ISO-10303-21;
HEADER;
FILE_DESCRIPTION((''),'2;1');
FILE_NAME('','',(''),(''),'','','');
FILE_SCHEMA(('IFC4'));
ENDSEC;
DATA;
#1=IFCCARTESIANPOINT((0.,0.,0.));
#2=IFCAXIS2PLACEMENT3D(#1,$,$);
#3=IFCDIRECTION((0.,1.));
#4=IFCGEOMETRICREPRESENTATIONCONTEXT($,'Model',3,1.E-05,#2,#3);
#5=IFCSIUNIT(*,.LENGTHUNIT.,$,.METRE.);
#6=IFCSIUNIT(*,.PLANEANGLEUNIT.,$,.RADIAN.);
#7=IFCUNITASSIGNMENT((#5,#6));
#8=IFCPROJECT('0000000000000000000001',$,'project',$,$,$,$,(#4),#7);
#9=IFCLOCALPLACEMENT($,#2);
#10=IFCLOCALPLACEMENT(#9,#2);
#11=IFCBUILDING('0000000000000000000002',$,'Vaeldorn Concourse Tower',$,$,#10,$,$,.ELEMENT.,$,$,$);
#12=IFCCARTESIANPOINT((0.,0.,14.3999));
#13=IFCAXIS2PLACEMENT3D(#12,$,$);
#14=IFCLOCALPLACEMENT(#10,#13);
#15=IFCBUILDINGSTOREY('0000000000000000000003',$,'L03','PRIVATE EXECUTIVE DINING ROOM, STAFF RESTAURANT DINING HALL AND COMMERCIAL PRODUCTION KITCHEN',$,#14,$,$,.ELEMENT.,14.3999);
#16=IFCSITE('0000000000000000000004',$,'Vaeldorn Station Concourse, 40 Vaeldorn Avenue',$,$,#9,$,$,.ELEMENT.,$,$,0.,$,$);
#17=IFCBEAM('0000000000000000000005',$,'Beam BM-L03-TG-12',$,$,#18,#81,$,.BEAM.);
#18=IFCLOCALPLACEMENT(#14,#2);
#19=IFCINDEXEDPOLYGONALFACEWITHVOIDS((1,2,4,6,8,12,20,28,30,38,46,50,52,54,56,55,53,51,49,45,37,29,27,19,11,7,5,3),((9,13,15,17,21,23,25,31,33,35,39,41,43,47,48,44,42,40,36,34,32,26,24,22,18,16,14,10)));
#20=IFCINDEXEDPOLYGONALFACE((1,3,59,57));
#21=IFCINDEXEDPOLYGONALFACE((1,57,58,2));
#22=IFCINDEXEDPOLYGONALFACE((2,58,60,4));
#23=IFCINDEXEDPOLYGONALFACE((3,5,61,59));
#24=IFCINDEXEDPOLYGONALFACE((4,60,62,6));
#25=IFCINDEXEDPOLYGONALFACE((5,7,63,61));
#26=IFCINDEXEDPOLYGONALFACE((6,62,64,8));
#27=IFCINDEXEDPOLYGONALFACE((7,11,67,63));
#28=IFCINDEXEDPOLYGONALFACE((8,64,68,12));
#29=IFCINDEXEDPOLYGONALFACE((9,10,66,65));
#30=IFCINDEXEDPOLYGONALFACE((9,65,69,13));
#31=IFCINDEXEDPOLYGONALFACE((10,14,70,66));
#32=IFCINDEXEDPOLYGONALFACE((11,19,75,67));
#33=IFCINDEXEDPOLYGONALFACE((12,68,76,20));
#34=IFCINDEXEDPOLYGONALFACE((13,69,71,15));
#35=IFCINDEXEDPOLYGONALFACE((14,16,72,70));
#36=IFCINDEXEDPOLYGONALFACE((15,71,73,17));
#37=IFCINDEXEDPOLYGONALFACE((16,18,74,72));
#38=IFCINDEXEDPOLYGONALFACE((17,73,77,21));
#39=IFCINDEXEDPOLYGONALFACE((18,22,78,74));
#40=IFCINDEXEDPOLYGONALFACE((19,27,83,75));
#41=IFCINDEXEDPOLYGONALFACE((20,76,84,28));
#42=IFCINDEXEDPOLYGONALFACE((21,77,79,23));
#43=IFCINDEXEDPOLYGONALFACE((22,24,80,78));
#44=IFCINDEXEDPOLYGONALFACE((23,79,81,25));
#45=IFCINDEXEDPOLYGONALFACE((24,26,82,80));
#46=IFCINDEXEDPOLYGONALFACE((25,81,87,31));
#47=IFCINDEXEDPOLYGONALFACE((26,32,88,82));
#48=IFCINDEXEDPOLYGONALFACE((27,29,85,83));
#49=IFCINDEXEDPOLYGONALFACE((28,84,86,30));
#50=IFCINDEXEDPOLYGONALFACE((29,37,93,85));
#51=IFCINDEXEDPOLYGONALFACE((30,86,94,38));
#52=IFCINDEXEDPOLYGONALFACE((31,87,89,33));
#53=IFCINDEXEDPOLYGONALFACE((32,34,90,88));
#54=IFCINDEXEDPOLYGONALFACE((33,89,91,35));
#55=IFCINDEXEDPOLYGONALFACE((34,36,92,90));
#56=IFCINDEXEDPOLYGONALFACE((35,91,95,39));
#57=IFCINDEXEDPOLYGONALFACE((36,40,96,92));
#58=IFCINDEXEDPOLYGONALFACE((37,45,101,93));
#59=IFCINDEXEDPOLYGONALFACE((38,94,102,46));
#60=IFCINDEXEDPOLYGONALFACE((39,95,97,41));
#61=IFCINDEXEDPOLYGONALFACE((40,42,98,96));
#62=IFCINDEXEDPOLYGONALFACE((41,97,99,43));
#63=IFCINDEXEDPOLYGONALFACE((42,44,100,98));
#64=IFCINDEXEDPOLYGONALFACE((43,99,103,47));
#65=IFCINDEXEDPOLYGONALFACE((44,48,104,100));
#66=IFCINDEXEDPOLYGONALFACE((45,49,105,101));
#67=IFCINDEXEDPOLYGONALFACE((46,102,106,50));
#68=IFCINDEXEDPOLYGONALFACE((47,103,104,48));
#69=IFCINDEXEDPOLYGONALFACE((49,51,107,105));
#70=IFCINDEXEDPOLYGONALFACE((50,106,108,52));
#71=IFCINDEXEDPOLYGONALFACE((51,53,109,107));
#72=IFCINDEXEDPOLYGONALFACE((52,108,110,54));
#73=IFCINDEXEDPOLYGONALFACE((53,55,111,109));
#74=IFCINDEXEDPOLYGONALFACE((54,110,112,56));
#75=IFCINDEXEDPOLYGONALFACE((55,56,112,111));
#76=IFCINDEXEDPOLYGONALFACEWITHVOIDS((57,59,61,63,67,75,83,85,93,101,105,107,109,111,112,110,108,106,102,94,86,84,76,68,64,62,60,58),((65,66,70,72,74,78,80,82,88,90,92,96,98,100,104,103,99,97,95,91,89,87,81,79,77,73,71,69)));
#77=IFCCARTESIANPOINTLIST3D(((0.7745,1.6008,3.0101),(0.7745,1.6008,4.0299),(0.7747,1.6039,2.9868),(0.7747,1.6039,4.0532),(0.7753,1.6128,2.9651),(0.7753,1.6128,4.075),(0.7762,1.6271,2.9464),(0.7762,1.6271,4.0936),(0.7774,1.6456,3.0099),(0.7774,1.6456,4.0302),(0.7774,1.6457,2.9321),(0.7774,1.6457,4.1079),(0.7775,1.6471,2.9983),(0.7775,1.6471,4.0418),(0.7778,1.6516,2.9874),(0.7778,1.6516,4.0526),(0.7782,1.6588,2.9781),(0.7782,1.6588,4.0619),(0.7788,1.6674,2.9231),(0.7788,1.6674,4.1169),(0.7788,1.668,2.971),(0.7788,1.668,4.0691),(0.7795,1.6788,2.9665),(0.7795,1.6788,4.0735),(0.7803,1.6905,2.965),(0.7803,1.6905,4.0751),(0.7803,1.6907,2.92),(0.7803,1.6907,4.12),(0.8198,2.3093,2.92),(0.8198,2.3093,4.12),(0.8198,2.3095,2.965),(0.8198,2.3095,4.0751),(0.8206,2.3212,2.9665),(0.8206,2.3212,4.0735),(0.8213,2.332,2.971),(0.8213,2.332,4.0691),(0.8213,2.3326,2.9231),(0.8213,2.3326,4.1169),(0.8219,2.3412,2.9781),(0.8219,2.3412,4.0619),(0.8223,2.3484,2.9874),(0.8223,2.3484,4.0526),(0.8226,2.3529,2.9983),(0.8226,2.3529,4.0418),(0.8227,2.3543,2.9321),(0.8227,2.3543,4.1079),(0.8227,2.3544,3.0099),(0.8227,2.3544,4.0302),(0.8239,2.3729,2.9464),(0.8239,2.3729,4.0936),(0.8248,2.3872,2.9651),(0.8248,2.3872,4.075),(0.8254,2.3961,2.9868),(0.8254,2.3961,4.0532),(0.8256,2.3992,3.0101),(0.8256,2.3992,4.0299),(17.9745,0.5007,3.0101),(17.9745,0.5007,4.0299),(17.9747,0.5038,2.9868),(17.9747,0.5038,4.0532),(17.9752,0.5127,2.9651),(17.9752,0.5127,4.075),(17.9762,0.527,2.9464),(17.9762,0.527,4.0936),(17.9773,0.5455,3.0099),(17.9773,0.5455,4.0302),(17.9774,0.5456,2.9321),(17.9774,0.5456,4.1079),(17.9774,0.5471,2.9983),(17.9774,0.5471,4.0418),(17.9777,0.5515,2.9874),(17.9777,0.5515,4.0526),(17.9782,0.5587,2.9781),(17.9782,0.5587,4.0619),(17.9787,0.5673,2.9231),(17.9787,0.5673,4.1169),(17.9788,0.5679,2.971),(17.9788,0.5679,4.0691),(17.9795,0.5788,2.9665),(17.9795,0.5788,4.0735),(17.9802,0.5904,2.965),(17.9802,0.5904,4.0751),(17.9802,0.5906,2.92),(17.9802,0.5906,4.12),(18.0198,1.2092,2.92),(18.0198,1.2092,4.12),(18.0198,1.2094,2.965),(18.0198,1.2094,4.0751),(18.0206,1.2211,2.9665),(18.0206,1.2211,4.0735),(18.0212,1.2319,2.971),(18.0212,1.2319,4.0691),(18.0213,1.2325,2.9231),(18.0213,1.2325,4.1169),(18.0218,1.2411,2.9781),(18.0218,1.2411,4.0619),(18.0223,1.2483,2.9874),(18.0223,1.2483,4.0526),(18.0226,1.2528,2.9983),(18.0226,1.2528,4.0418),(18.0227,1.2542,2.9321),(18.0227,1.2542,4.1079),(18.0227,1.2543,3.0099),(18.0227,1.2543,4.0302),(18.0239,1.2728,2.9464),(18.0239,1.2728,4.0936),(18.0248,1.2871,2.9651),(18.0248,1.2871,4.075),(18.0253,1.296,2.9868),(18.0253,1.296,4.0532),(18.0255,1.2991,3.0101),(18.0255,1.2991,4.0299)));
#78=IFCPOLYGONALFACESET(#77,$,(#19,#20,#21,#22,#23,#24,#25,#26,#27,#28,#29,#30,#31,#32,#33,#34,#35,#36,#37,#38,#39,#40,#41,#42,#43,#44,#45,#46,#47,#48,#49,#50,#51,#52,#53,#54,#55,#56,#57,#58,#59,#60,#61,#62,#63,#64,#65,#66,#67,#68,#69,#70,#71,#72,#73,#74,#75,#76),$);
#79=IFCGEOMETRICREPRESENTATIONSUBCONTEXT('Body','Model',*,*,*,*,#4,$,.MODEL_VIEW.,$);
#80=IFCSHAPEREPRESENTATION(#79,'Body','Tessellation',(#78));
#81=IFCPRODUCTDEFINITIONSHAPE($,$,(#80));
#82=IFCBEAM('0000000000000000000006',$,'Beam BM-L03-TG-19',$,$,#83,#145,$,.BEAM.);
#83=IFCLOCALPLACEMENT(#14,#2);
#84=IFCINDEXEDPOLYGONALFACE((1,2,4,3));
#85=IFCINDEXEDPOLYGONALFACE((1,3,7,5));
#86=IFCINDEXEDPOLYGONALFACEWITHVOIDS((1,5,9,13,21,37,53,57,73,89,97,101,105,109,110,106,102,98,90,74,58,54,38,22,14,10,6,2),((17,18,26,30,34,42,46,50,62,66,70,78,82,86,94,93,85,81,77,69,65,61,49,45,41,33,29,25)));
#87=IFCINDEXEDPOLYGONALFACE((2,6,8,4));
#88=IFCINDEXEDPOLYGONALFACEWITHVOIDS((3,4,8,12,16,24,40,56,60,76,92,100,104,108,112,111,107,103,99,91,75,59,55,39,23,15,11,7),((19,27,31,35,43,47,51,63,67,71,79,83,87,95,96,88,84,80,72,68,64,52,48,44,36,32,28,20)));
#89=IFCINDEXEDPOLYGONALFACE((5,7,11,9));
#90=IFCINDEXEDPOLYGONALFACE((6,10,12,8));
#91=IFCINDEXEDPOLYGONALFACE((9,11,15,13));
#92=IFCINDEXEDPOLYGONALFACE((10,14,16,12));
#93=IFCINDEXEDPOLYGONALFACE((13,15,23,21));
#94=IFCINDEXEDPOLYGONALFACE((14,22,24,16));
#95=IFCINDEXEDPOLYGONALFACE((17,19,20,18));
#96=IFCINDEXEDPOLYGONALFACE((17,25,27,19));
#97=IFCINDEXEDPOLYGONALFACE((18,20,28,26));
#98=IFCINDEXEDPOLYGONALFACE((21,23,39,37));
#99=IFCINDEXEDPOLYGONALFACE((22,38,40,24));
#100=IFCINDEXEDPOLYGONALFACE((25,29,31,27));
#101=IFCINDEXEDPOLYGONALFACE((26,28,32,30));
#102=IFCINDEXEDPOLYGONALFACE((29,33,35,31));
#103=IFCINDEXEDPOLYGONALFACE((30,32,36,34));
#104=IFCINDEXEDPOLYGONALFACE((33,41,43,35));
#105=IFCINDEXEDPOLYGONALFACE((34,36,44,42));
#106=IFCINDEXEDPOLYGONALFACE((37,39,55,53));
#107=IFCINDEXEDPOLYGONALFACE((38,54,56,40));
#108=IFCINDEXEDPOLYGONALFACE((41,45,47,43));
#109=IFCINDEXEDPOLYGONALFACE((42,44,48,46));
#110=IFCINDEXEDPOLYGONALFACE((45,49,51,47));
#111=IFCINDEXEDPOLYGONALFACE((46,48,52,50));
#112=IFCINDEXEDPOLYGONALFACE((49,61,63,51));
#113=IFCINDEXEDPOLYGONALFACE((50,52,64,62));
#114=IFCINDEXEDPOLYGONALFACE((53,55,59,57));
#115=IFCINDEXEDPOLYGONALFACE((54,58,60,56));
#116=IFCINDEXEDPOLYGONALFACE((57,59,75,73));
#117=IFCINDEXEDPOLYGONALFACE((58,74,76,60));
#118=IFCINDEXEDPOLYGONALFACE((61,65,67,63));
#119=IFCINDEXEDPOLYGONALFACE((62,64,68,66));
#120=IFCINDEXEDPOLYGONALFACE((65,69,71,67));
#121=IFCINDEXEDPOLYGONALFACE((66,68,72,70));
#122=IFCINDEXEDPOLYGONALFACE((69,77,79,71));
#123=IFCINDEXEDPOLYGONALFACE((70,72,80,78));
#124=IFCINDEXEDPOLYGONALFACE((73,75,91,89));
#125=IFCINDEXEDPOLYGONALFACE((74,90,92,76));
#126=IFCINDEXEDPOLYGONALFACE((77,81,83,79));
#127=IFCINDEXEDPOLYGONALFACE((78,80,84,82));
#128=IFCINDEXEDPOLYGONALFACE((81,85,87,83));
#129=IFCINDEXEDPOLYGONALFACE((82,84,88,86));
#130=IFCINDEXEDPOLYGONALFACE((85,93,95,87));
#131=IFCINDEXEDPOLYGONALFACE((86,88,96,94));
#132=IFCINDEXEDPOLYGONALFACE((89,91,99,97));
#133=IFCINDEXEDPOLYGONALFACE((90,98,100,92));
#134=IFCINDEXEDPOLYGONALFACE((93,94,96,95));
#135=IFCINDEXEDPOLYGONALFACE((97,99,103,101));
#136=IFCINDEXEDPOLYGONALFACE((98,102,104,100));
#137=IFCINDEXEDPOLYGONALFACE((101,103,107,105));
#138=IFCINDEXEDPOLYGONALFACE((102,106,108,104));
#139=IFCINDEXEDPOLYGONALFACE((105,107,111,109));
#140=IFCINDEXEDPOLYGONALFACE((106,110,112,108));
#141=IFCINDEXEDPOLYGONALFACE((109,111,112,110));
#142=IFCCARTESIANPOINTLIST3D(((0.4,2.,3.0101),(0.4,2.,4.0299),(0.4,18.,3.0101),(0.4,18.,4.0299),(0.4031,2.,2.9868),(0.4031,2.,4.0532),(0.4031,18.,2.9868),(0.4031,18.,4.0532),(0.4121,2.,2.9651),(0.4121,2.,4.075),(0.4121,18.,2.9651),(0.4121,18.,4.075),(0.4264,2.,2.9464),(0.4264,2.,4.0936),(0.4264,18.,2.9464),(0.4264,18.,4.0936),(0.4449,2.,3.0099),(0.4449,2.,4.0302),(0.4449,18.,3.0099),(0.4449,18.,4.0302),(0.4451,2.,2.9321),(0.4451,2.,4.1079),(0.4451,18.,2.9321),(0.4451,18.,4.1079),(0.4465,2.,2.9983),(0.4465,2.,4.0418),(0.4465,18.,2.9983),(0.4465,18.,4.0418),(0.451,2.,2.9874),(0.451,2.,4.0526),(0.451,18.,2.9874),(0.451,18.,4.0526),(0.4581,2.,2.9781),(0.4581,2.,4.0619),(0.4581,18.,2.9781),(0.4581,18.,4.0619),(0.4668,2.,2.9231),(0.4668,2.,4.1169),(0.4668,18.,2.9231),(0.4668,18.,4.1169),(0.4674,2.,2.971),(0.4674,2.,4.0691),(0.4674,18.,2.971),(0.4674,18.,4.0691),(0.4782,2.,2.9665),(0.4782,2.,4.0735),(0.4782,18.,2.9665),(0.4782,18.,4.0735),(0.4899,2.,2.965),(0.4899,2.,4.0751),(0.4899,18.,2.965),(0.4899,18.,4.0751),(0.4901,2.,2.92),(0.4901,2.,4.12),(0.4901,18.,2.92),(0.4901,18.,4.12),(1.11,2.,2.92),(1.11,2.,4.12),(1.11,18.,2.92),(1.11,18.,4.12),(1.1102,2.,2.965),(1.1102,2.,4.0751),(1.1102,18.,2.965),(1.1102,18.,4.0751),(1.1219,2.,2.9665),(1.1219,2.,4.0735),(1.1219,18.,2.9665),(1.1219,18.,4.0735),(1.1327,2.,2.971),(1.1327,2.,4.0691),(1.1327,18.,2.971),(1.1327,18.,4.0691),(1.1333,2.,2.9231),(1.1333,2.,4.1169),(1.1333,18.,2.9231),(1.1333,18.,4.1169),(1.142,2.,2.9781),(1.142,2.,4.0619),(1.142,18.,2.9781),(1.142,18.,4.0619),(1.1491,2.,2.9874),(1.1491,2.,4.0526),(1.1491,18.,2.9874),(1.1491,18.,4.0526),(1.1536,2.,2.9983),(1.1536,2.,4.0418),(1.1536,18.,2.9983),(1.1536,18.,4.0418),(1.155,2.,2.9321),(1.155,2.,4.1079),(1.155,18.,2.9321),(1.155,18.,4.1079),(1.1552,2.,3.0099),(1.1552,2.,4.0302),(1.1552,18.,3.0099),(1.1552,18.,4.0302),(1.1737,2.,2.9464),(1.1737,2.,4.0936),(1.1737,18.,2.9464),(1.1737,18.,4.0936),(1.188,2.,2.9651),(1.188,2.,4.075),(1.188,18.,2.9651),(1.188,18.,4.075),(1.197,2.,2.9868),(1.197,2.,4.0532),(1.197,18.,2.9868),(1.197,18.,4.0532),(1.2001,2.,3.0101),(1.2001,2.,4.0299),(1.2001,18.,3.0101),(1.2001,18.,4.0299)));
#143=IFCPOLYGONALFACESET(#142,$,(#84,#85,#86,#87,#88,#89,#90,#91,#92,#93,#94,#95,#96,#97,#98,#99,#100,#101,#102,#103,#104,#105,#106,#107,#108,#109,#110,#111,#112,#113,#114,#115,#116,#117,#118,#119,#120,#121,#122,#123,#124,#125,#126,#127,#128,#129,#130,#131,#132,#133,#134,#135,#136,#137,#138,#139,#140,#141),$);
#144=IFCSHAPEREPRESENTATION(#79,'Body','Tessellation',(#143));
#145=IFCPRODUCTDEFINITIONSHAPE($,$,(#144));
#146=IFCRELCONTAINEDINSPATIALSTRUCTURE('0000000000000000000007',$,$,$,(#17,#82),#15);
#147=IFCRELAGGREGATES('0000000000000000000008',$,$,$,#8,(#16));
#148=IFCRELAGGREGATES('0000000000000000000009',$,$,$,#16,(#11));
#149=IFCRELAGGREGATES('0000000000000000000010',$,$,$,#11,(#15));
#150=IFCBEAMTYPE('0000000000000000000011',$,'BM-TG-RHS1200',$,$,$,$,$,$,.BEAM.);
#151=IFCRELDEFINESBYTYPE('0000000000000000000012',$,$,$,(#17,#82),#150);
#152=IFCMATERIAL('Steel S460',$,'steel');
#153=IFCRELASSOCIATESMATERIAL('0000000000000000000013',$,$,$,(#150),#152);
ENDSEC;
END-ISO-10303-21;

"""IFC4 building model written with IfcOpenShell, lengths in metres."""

from ifc_helpers import new_model, si_unit, direction, frame, origin, origin_2d, place, context, subcontext, project, spatial, hollow_rectangle, extrude, source, transform, mapped, material, material_profile, profile_set, type_object, element, save


model = new_model("IFC4")

# Units and contexts
model_context = context("Model", 3, precision=1e-05, world=origin(), true_north=direction((0.0, 1.0)))
body_context = subcontext(model_context, "Body", "Model", "MODEL_VIEW")
ifc_project = project(units=[si_unit("LENGTHUNIT", "METRE"), si_unit("PLANEANGLEUNIT", "RADIAN")], contexts=[model_context])

# Site, building, storey
site_placement = place(None, origin())
site = spatial("IfcSite", under=ifc_project, at=site_placement, Name="Vaeldorn Station Concourse, 40 Vaeldorn Avenue", CompositionType="ELEMENT", RefElevation=0.0)
building_placement = place(site_placement, origin())
building = spatial("IfcBuilding", under=site, at=building_placement, Name="Vaeldorn Concourse Tower", CompositionType="ELEMENT")
storey_placement = place(building_placement, frame((0.0, 0.0, 14.3999)))
storey = spatial("IfcBuildingStorey", under=building, at=storey_placement, Name="L03", Description="PRIVATE EXECUTIVE DINING ROOM, STAFF RESTAURANT DINING HALL AND COMMERCIAL PRODUCTION KITCHEN", CompositionType="ELEMENT", Elevation=14.3999)

# Shared definitions
ifc_material_1 = material(Name="Steel S460", Category="steel")

# Beams
ifc_material_profile_1 = material_profile(ifc_material_1, hollow_rectangle(XDim=0.8, YDim=1.2, WallThickness=0.0449, InnerFilletRadius=0.0449, OuterFilletRadius=0.0901, at=origin_2d()), Name="RHS 1200x800x45")
ifc_profile_set_1 = profile_set([ifc_material_profile_1], Name="Steel S460")
beam_type = type_object("IfcBeamType", Name="BM-TG-RHS1200", PredefinedType="BEAM", material=ifc_profile_set_1)
shared_shape_1 = source(origin(), body_context, "Body", "SweptSolid", [
    extrude(hollow_rectangle(XDim=0.8, YDim=1.2, WallThickness=0.0449, InnerFilletRadius=0.0449, OuterFilletRadius=0.0901, at=origin_2d()), origin(), (0.0, 0.0, 1.0), 17.2351),
])
beam_1_placement = place(storey_placement, frame((0.8, 2.0, 3.52), z_axis=(0.997961, -0.063829, 0.0), x_axis=(0.063829, 0.997961, 0.0)))
element("IfcBeam", 1, at=beam_1_placement, inside=storey, type_object=beam_type, Name="Beam BM-L03-TG-12", PredefinedType="BEAM", context=body_context, shape_type="MappedRepresentation", body=[
    mapped(shared_shape_1, transform((0.0, 0.0, 0.0), scale=1.0)),
])
shared_shape_2 = source(origin(), body_context, "Body", "SweptSolid", [
    extrude(hollow_rectangle(XDim=0.8, YDim=1.2, WallThickness=0.0449, InnerFilletRadius=0.0449, OuterFilletRadius=0.0901, at=origin_2d()), origin(), (0.0, 0.0, 1.0), 16.0),
])
beam_2_placement = place(storey_placement, frame((0.8, 2.0, 3.52), z_axis=(0.0, 1.0, 0.0), x_axis=(-1.0, 0.0, 0.0)))
element("IfcBeam", 2, at=beam_2_placement, inside=storey, type_object=beam_type, Name="Beam BM-L03-TG-19", PredefinedType="BEAM", context=body_context, shape_type="MappedRepresentation", body=[
    mapped(shared_shape_2, transform((0.0, 0.0, 0.0), scale=1.0)),
])

save(model, "model.ifc")
